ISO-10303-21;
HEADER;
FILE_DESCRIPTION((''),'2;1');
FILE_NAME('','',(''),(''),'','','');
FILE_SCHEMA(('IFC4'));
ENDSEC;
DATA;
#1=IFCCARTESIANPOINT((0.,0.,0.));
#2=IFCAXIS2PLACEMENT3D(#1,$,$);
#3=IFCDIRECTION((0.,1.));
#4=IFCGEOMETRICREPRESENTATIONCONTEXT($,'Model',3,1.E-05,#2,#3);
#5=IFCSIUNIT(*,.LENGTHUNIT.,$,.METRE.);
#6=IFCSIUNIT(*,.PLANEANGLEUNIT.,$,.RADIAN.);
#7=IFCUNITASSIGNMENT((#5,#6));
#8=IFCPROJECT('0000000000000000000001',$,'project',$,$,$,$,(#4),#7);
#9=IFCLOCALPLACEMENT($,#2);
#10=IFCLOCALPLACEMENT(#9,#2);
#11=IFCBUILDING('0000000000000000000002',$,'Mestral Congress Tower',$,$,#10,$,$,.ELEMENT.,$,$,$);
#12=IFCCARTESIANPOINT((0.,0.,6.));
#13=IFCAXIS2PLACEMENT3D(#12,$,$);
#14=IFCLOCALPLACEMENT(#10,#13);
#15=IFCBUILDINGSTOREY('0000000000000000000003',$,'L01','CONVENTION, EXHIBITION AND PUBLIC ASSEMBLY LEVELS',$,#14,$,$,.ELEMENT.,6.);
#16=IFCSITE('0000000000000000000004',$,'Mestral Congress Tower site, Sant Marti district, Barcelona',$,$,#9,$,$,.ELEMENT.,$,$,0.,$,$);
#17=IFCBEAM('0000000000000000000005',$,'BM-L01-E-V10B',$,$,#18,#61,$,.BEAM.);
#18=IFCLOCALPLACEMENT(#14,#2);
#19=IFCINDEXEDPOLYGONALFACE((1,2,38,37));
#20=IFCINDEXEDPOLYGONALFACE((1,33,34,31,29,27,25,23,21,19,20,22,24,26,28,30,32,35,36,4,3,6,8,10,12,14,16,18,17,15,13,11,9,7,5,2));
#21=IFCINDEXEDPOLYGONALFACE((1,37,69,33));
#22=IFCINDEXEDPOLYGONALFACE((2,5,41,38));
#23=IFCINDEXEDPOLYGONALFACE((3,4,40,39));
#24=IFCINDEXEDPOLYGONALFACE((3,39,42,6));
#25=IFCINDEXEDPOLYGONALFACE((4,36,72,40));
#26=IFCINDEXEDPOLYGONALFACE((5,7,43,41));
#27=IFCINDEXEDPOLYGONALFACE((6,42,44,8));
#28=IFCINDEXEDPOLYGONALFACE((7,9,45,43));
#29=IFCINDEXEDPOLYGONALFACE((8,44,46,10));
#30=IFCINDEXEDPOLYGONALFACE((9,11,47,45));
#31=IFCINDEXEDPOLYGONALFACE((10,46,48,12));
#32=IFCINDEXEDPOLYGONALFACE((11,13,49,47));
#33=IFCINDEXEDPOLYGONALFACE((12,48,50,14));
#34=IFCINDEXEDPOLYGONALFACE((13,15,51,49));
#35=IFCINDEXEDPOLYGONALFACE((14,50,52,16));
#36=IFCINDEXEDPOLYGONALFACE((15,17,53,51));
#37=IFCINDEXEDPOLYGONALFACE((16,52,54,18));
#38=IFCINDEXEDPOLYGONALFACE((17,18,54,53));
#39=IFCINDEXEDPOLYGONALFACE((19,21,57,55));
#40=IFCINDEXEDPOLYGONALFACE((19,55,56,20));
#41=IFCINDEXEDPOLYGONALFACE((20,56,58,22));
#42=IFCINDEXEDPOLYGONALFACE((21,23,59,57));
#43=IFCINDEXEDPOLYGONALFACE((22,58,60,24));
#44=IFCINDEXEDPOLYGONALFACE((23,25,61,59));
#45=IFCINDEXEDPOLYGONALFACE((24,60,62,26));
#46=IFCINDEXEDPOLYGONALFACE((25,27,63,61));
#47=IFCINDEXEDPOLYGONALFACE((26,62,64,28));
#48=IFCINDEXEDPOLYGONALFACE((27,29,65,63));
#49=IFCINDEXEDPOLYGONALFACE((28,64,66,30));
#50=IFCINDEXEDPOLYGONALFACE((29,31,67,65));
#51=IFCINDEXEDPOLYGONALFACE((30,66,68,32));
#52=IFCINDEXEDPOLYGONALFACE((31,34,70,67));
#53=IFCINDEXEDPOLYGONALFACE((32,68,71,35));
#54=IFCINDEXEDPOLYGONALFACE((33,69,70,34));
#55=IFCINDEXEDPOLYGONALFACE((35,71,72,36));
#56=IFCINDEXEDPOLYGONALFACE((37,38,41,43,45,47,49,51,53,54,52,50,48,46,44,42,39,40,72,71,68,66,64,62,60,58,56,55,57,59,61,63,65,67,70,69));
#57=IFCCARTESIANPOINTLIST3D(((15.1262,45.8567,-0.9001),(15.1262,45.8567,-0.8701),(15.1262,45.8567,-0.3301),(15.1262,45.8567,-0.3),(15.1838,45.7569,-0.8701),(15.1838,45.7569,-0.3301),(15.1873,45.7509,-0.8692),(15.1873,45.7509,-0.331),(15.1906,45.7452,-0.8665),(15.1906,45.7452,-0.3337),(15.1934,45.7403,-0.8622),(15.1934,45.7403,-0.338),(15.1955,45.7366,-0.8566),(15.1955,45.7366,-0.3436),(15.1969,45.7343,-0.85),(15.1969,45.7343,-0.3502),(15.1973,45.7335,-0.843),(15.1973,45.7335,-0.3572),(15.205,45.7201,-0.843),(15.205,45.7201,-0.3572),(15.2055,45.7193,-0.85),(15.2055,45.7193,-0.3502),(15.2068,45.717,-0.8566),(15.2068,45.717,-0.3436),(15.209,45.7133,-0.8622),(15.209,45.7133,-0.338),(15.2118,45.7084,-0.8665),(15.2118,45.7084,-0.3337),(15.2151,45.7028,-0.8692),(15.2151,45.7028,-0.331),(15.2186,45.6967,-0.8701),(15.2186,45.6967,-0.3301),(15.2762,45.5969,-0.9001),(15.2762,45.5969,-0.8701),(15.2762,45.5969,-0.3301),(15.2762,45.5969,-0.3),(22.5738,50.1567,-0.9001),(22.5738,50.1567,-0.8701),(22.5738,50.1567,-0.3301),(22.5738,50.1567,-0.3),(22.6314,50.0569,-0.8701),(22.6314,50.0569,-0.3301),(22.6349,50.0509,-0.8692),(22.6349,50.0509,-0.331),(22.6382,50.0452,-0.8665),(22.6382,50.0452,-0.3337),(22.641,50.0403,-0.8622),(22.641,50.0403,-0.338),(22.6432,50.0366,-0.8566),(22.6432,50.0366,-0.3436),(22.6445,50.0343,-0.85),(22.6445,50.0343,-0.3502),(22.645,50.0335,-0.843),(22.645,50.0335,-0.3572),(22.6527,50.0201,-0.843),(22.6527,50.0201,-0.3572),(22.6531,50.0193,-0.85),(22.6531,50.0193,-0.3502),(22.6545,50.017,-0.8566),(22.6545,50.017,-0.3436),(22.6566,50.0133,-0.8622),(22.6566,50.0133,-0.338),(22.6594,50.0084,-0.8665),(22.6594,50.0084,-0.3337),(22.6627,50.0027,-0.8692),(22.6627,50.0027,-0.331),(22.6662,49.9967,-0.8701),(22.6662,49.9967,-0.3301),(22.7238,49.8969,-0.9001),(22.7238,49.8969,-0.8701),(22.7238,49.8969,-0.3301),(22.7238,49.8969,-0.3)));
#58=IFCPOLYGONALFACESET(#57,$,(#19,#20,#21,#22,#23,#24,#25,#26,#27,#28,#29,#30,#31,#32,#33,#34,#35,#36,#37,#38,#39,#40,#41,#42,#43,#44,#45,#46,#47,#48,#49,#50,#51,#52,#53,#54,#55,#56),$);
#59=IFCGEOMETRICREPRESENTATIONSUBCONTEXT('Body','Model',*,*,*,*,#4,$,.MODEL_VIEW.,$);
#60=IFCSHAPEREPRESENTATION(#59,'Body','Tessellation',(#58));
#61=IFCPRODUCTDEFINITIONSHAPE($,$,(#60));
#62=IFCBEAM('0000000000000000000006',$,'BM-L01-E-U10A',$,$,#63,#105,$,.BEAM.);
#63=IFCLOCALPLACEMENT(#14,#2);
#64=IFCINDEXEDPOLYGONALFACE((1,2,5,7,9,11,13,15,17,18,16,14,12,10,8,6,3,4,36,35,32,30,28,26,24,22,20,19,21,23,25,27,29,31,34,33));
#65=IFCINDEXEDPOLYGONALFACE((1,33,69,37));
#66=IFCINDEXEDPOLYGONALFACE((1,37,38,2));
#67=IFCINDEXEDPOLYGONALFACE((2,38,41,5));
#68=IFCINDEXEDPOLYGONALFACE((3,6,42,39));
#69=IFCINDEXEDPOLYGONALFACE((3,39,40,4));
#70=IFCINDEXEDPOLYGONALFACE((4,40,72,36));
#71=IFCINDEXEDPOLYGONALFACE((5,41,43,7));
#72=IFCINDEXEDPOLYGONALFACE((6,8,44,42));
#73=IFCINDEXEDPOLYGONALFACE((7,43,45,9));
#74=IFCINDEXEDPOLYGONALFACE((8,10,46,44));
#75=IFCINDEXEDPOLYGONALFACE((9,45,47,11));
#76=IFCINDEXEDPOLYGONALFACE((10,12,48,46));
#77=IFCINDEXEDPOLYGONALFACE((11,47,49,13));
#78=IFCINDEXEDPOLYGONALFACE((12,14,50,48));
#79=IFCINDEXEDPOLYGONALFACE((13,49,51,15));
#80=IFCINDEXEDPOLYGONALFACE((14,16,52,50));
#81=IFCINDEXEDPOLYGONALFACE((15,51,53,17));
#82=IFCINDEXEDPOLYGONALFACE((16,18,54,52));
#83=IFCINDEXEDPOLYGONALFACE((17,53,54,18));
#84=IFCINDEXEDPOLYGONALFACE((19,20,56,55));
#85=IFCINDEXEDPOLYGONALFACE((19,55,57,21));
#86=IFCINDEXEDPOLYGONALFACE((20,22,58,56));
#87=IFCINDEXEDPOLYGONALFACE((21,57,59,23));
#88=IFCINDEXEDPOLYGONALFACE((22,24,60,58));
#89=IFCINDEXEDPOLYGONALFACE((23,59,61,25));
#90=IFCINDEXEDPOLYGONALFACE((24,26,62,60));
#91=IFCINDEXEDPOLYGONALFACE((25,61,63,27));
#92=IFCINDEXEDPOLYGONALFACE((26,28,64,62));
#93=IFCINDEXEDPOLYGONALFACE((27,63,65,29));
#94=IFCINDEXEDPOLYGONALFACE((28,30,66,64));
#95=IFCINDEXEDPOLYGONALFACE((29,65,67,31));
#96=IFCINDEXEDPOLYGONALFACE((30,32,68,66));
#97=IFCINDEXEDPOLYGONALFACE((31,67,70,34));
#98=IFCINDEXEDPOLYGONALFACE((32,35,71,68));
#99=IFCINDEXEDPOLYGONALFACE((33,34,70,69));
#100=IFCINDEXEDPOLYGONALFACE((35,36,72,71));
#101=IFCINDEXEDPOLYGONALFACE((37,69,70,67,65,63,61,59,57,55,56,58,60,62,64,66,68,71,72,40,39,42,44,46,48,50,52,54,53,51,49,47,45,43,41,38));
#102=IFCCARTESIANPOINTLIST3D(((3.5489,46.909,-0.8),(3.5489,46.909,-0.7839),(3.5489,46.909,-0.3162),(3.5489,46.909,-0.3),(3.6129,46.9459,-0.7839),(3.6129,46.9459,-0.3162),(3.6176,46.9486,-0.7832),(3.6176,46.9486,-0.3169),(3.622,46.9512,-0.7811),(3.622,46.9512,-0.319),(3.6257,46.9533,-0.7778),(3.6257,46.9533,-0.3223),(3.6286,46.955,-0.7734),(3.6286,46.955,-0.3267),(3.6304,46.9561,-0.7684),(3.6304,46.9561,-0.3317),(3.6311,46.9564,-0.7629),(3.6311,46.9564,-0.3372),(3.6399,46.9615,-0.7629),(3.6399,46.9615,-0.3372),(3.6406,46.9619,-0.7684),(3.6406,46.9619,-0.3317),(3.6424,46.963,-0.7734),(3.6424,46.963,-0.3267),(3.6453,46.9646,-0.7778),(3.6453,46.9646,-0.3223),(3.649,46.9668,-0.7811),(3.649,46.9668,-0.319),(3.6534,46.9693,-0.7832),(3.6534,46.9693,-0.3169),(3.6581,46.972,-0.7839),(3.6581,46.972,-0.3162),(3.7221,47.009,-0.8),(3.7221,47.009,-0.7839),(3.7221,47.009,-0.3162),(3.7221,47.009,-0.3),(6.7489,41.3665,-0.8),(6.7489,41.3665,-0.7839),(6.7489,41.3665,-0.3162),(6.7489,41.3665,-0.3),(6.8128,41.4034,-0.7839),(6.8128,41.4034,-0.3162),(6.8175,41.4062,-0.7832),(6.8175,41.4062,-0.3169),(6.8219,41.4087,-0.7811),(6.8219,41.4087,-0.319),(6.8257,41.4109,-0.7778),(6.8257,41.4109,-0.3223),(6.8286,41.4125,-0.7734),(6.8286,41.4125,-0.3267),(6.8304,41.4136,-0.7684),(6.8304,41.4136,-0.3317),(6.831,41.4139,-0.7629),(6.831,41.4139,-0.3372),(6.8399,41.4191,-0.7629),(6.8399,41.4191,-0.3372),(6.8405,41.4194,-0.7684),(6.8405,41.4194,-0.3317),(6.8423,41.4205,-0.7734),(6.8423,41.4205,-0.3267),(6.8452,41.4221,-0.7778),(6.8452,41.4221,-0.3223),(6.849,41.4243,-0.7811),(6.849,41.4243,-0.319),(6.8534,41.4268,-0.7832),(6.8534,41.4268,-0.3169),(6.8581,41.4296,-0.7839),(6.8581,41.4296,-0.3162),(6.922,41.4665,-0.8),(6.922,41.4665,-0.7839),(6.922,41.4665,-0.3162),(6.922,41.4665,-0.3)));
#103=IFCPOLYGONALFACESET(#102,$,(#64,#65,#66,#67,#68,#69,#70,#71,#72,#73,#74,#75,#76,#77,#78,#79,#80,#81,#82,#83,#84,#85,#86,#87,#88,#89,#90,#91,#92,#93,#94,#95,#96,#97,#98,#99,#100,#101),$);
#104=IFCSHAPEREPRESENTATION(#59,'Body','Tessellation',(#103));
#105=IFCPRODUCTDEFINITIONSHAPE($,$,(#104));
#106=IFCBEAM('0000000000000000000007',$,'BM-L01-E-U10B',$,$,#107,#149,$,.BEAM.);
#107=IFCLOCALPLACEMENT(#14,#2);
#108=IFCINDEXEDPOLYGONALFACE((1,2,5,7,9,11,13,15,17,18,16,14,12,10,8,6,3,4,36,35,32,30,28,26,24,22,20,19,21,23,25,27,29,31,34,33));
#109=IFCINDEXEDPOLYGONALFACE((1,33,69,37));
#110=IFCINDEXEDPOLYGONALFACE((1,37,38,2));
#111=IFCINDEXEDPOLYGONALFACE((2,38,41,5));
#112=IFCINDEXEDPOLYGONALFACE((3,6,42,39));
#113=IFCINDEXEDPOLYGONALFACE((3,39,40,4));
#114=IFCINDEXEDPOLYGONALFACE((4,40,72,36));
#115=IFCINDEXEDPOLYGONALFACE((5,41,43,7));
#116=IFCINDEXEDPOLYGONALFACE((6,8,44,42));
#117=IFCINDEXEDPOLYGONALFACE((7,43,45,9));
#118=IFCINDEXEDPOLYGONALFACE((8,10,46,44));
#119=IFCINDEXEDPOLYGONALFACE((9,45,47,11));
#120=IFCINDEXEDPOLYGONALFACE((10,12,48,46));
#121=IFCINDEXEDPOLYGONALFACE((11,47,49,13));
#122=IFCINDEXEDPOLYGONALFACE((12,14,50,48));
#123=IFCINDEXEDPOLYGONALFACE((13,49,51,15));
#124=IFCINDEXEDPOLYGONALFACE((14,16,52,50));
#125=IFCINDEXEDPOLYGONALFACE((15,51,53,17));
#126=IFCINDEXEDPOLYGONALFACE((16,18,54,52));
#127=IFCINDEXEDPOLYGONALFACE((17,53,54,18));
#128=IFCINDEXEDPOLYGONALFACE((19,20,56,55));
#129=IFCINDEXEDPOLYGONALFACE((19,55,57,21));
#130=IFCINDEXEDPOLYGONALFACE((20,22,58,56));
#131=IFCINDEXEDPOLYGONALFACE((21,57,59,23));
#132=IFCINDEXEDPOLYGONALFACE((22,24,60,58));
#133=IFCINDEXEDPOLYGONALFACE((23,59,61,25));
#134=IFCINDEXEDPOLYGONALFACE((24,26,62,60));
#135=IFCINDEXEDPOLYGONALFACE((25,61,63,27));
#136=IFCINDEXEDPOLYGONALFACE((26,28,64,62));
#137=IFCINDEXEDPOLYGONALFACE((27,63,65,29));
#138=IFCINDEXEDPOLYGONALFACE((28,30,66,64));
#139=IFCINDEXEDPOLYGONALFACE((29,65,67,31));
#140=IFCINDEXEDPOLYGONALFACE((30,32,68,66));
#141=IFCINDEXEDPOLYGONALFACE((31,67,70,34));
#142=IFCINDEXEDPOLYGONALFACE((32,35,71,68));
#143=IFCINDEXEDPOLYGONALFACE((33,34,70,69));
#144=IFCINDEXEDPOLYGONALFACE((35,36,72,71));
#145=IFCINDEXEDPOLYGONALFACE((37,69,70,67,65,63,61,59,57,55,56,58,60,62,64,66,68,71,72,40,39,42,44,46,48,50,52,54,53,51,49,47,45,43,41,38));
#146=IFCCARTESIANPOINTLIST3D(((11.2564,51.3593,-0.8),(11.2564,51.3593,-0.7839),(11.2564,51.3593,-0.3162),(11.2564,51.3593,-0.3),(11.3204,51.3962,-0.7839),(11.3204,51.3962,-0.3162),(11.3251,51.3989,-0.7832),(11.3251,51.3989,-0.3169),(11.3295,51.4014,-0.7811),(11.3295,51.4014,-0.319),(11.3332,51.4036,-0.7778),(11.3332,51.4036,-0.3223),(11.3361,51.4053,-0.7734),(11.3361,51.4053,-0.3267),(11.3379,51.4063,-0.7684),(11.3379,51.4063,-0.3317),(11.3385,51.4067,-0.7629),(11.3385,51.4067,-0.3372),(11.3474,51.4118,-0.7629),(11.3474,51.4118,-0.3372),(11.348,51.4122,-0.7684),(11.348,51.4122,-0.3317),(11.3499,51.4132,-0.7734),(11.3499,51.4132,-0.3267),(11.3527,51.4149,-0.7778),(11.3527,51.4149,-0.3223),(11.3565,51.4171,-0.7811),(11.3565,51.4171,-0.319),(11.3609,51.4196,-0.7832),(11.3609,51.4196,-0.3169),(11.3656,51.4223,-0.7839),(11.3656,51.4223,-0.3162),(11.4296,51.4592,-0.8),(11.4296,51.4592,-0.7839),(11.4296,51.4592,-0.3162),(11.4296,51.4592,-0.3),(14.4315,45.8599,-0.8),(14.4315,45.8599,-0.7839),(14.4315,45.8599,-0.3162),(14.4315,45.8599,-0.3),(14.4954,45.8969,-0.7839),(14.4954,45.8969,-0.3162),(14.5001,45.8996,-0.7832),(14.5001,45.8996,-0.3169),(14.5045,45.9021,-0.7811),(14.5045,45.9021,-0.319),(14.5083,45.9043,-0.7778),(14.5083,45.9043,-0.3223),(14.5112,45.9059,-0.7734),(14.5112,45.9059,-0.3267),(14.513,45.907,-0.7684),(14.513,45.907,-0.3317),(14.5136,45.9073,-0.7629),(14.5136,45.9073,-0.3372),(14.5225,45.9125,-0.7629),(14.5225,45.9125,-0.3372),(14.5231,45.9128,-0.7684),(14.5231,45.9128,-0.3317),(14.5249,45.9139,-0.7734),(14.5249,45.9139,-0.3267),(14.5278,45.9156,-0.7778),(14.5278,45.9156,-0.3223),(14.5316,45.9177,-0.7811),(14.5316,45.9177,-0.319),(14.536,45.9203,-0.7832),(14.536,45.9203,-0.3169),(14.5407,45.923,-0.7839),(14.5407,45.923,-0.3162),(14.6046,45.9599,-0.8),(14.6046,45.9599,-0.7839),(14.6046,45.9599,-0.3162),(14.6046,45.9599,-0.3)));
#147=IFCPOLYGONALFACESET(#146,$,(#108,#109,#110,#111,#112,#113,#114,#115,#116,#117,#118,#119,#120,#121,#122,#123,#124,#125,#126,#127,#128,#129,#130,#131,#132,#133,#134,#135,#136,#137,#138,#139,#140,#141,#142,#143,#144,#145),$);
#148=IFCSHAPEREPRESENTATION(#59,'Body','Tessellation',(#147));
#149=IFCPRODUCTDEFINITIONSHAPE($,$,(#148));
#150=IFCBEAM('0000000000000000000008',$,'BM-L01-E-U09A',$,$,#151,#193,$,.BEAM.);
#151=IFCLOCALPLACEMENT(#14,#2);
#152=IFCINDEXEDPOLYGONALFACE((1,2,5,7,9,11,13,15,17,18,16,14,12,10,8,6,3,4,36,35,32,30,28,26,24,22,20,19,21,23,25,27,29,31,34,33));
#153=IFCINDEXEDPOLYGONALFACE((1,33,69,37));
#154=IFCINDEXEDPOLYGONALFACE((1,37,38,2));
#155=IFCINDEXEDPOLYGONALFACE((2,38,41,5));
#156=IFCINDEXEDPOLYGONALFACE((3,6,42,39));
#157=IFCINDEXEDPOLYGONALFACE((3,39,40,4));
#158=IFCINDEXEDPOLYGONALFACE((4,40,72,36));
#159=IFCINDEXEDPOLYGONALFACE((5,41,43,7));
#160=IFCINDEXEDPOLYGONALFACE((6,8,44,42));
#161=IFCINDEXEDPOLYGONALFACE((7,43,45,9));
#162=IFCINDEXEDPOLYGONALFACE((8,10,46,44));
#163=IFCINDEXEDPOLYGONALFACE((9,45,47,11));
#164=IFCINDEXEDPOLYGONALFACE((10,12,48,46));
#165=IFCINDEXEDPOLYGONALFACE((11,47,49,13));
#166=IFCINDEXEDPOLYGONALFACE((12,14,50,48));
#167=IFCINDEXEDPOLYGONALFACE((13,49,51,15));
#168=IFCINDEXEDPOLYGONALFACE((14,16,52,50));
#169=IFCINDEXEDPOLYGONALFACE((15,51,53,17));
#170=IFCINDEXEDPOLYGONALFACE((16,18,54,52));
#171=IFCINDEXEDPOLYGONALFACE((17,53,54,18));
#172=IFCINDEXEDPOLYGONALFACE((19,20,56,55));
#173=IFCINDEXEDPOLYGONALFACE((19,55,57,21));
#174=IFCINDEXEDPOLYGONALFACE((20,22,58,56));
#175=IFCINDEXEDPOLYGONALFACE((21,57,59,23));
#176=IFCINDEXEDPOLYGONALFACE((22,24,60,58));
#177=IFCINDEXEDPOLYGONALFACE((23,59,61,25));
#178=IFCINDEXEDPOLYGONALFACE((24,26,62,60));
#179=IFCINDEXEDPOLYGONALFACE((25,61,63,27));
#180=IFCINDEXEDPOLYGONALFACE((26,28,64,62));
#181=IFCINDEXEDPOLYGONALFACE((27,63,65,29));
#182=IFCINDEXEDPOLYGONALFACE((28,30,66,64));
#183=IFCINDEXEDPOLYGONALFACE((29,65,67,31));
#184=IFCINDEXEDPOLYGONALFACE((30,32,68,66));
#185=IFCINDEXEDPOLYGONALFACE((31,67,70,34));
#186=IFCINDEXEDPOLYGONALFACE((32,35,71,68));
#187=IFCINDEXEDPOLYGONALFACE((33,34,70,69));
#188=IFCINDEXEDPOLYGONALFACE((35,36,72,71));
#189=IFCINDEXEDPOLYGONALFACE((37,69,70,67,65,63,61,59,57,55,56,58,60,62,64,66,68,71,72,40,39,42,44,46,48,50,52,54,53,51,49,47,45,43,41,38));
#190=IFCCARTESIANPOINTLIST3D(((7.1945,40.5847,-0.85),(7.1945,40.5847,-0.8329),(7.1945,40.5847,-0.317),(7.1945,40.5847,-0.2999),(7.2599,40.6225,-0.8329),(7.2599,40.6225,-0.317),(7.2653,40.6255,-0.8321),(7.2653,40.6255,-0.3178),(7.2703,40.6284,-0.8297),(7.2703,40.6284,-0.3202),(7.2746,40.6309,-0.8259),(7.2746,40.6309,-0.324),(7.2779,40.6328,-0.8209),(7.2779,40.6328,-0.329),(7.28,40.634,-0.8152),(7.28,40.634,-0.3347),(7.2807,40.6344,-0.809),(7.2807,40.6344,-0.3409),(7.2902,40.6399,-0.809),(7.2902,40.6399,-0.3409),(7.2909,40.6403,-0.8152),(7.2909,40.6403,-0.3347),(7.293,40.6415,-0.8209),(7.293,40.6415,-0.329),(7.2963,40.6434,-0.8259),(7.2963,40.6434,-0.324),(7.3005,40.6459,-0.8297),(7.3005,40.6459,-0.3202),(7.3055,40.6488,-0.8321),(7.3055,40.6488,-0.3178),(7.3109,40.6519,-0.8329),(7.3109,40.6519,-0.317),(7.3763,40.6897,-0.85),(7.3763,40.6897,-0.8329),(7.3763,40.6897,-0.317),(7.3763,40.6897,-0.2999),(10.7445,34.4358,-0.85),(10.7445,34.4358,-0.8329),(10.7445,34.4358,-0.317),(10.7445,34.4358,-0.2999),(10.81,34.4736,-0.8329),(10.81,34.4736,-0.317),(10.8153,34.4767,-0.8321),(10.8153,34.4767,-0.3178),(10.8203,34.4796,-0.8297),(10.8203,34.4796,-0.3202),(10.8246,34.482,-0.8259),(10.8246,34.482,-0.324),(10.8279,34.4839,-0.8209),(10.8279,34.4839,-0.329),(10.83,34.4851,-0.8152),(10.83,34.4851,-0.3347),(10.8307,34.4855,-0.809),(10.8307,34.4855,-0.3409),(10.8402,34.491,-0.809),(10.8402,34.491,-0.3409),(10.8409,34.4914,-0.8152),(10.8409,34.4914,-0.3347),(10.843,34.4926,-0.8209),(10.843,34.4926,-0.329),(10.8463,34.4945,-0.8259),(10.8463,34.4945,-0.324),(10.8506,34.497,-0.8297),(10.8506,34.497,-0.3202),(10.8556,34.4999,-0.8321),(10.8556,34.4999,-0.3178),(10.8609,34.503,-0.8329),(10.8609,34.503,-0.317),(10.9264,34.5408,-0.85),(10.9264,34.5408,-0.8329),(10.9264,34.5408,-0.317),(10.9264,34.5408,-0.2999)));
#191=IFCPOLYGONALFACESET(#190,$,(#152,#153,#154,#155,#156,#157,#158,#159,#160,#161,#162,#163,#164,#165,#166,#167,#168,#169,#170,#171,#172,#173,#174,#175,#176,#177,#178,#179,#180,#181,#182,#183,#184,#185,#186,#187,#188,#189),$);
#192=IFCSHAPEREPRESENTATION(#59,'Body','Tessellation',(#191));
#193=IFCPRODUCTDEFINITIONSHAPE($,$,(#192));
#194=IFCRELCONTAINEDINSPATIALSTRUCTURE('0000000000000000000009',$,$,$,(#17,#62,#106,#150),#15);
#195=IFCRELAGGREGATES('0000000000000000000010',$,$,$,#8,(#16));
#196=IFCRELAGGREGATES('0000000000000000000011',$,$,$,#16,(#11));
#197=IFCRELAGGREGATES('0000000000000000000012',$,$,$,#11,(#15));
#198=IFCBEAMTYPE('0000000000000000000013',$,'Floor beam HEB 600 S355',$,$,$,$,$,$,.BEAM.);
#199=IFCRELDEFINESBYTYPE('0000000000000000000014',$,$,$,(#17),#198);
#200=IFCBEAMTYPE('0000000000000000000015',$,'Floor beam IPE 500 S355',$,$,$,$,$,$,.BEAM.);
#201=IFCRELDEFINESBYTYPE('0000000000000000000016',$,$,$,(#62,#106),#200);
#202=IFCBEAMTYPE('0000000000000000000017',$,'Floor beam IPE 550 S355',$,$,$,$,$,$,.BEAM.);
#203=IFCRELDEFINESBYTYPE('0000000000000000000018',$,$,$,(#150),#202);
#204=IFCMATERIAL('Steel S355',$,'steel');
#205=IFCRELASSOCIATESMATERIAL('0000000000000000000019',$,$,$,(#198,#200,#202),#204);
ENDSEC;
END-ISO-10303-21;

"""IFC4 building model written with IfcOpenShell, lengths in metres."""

from ifc_helpers import new_model, si_unit, direction, frame, origin, origin_2d, place, context, subcontext, project, spatial, i_section, extrude, material, material_profile, profile_set, type_object, element, save


model = new_model("IFC4")

# Units and contexts
model_context = context("Model", 3, precision=1e-05, world=origin(), true_north=direction((0.0, 1.0)))
body_context = subcontext(model_context, "Body", "Model", "MODEL_VIEW")
ifc_project = project(units=[si_unit("LENGTHUNIT", "METRE"), si_unit("PLANEANGLEUNIT", "RADIAN")], contexts=[model_context])

# Site, building, storey
site_placement = place(None, origin())
site = spatial("IfcSite", under=ifc_project, at=site_placement, Name="Mestral Congress Tower site, Sant Marti district, Barcelona", CompositionType="ELEMENT", RefElevation=0.0)
building_placement = place(site_placement, origin())
building = spatial("IfcBuilding", under=site, at=building_placement, Name="Mestral Congress Tower", CompositionType="ELEMENT")
storey_placement = place(building_placement, frame((0.0, 0.0, 6.0)))
storey = spatial("IfcBuildingStorey", under=building, at=storey_placement, Name="L01", Description="CONVENTION, EXHIBITION AND PUBLIC ASSEMBLY LEVELS", CompositionType="ELEMENT", Elevation=6.0)

# Beams
ifc_material_1 = material(Name="Steel S355", Category="steel")
ifc_material_profile_1 = material_profile(ifc_material_1, i_section(OverallWidth=0.3, OverallDepth=0.6001, WebThickness=0.0154, FlangeThickness=0.03, FilletRadius=0.0271, at=origin_2d()), Name="HEB 600")
ifc_profile_set_1 = profile_set([ifc_material_profile_1], Name="Steel S355")
beam_type_1 = type_object("IfcBeamType", Name="Floor beam HEB 600 S355", PredefinedType="BEAM", material=ifc_profile_set_1)
beam_1_placement = place(storey_placement, frame((15.2012, 45.7268, -0.6001), z_axis=(0.866021, 0.500008, 0.0), x_axis=(-0.500008, 0.866021, 0.0)))
element("IfcBeam", 1, at=beam_1_placement, inside=storey, type_object=beam_type_1, Name="BM-L01-E-V10B", PredefinedType="BEAM", context=body_context, shape_type="SweptSolid", body=[
    extrude(i_section(OverallWidth=0.3, OverallDepth=0.6001, WebThickness=0.0154, FlangeThickness=0.03, FilletRadius=0.0271, at=origin_2d()), origin(), (0.0, 0.0, 1.0), 8.5999),
])
ifc_material_profile_2 = material_profile(ifc_material_1, i_section(OverallWidth=0.2, OverallDepth=0.5, WebThickness=0.0103, FlangeThickness=0.0161, FilletRadius=0.021, at=origin_2d()), Name="IPE 500")
ifc_profile_set_2 = profile_set([ifc_material_profile_2], Name="Steel S355")
beam_type_2 = type_object("IfcBeamType", Name="Floor beam IPE 500 S355", PredefinedType="BEAM", material=ifc_profile_set_2)
beam_2_placement = place(storey_placement, frame((6.8354, 41.4165, -0.55), z_axis=(-0.5, 0.866025, 0.0), x_axis=(-0.866025, -0.5, 0.0)))
element("IfcBeam", 2, at=beam_2_placement, inside=storey, type_object=beam_type_2, Name="BM-L01-E-U10A", PredefinedType="BEAM", context=body_context, shape_type="SweptSolid", body=[
    extrude(i_section(OverallWidth=0.2, OverallDepth=0.5, WebThickness=0.0103, FlangeThickness=0.0161, FilletRadius=0.021, at=origin_2d()), origin(), (0.0, 0.0, 1.0), 6.3999),
])
beam_3_placement = place(storey_placement, frame((14.5181, 45.9099, -0.55), z_axis=(-0.500005, 0.866022, 0.0), x_axis=(-0.866022, -0.500005, 0.0)))
element("IfcBeam", 3, at=beam_3_placement, inside=storey, type_object=beam_type_2, Name="BM-L01-E-U10B", PredefinedType="BEAM", context=body_context, shape_type="SweptSolid", body=[
    extrude(i_section(OverallWidth=0.2, OverallDepth=0.5, WebThickness=0.0103, FlangeThickness=0.0161, FilletRadius=0.021, at=origin_2d()), origin(), (0.0, 0.0, 1.0), 6.3501),
])
ifc_material_profile_3 = material_profile(ifc_material_1, i_section(OverallWidth=0.21, OverallDepth=0.55, WebThickness=0.011, FlangeThickness=0.0171, FilletRadius=0.0239, at=origin_2d()), Name="IPE 550")
ifc_profile_set_3 = profile_set([ifc_material_profile_3], Name="Steel S355")
beam_type_3 = type_object("IfcBeamType", Name="Floor beam IPE 550 S355", PredefinedType="BEAM", material=ifc_profile_set_3)
beam_4_placement = place(storey_placement, frame((10.8354, 34.4883, -0.575), z_axis=(-0.499996, 0.866028, 0.0), x_axis=(-0.866028, -0.499996, 0.0)))
element("IfcBeam", 4, at=beam_4_placement, inside=storey, type_object=beam_type_3, Name="BM-L01-E-U09A", PredefinedType="BEAM", context=body_context, shape_type="SweptSolid", body=[
    extrude(i_section(OverallWidth=0.21, OverallDepth=0.55, WebThickness=0.011, FlangeThickness=0.0171, FilletRadius=0.0239, at=origin_2d()), origin(), (0.0, 0.0, 1.0), 7.1001),
])

save(model, "model.ifc")
